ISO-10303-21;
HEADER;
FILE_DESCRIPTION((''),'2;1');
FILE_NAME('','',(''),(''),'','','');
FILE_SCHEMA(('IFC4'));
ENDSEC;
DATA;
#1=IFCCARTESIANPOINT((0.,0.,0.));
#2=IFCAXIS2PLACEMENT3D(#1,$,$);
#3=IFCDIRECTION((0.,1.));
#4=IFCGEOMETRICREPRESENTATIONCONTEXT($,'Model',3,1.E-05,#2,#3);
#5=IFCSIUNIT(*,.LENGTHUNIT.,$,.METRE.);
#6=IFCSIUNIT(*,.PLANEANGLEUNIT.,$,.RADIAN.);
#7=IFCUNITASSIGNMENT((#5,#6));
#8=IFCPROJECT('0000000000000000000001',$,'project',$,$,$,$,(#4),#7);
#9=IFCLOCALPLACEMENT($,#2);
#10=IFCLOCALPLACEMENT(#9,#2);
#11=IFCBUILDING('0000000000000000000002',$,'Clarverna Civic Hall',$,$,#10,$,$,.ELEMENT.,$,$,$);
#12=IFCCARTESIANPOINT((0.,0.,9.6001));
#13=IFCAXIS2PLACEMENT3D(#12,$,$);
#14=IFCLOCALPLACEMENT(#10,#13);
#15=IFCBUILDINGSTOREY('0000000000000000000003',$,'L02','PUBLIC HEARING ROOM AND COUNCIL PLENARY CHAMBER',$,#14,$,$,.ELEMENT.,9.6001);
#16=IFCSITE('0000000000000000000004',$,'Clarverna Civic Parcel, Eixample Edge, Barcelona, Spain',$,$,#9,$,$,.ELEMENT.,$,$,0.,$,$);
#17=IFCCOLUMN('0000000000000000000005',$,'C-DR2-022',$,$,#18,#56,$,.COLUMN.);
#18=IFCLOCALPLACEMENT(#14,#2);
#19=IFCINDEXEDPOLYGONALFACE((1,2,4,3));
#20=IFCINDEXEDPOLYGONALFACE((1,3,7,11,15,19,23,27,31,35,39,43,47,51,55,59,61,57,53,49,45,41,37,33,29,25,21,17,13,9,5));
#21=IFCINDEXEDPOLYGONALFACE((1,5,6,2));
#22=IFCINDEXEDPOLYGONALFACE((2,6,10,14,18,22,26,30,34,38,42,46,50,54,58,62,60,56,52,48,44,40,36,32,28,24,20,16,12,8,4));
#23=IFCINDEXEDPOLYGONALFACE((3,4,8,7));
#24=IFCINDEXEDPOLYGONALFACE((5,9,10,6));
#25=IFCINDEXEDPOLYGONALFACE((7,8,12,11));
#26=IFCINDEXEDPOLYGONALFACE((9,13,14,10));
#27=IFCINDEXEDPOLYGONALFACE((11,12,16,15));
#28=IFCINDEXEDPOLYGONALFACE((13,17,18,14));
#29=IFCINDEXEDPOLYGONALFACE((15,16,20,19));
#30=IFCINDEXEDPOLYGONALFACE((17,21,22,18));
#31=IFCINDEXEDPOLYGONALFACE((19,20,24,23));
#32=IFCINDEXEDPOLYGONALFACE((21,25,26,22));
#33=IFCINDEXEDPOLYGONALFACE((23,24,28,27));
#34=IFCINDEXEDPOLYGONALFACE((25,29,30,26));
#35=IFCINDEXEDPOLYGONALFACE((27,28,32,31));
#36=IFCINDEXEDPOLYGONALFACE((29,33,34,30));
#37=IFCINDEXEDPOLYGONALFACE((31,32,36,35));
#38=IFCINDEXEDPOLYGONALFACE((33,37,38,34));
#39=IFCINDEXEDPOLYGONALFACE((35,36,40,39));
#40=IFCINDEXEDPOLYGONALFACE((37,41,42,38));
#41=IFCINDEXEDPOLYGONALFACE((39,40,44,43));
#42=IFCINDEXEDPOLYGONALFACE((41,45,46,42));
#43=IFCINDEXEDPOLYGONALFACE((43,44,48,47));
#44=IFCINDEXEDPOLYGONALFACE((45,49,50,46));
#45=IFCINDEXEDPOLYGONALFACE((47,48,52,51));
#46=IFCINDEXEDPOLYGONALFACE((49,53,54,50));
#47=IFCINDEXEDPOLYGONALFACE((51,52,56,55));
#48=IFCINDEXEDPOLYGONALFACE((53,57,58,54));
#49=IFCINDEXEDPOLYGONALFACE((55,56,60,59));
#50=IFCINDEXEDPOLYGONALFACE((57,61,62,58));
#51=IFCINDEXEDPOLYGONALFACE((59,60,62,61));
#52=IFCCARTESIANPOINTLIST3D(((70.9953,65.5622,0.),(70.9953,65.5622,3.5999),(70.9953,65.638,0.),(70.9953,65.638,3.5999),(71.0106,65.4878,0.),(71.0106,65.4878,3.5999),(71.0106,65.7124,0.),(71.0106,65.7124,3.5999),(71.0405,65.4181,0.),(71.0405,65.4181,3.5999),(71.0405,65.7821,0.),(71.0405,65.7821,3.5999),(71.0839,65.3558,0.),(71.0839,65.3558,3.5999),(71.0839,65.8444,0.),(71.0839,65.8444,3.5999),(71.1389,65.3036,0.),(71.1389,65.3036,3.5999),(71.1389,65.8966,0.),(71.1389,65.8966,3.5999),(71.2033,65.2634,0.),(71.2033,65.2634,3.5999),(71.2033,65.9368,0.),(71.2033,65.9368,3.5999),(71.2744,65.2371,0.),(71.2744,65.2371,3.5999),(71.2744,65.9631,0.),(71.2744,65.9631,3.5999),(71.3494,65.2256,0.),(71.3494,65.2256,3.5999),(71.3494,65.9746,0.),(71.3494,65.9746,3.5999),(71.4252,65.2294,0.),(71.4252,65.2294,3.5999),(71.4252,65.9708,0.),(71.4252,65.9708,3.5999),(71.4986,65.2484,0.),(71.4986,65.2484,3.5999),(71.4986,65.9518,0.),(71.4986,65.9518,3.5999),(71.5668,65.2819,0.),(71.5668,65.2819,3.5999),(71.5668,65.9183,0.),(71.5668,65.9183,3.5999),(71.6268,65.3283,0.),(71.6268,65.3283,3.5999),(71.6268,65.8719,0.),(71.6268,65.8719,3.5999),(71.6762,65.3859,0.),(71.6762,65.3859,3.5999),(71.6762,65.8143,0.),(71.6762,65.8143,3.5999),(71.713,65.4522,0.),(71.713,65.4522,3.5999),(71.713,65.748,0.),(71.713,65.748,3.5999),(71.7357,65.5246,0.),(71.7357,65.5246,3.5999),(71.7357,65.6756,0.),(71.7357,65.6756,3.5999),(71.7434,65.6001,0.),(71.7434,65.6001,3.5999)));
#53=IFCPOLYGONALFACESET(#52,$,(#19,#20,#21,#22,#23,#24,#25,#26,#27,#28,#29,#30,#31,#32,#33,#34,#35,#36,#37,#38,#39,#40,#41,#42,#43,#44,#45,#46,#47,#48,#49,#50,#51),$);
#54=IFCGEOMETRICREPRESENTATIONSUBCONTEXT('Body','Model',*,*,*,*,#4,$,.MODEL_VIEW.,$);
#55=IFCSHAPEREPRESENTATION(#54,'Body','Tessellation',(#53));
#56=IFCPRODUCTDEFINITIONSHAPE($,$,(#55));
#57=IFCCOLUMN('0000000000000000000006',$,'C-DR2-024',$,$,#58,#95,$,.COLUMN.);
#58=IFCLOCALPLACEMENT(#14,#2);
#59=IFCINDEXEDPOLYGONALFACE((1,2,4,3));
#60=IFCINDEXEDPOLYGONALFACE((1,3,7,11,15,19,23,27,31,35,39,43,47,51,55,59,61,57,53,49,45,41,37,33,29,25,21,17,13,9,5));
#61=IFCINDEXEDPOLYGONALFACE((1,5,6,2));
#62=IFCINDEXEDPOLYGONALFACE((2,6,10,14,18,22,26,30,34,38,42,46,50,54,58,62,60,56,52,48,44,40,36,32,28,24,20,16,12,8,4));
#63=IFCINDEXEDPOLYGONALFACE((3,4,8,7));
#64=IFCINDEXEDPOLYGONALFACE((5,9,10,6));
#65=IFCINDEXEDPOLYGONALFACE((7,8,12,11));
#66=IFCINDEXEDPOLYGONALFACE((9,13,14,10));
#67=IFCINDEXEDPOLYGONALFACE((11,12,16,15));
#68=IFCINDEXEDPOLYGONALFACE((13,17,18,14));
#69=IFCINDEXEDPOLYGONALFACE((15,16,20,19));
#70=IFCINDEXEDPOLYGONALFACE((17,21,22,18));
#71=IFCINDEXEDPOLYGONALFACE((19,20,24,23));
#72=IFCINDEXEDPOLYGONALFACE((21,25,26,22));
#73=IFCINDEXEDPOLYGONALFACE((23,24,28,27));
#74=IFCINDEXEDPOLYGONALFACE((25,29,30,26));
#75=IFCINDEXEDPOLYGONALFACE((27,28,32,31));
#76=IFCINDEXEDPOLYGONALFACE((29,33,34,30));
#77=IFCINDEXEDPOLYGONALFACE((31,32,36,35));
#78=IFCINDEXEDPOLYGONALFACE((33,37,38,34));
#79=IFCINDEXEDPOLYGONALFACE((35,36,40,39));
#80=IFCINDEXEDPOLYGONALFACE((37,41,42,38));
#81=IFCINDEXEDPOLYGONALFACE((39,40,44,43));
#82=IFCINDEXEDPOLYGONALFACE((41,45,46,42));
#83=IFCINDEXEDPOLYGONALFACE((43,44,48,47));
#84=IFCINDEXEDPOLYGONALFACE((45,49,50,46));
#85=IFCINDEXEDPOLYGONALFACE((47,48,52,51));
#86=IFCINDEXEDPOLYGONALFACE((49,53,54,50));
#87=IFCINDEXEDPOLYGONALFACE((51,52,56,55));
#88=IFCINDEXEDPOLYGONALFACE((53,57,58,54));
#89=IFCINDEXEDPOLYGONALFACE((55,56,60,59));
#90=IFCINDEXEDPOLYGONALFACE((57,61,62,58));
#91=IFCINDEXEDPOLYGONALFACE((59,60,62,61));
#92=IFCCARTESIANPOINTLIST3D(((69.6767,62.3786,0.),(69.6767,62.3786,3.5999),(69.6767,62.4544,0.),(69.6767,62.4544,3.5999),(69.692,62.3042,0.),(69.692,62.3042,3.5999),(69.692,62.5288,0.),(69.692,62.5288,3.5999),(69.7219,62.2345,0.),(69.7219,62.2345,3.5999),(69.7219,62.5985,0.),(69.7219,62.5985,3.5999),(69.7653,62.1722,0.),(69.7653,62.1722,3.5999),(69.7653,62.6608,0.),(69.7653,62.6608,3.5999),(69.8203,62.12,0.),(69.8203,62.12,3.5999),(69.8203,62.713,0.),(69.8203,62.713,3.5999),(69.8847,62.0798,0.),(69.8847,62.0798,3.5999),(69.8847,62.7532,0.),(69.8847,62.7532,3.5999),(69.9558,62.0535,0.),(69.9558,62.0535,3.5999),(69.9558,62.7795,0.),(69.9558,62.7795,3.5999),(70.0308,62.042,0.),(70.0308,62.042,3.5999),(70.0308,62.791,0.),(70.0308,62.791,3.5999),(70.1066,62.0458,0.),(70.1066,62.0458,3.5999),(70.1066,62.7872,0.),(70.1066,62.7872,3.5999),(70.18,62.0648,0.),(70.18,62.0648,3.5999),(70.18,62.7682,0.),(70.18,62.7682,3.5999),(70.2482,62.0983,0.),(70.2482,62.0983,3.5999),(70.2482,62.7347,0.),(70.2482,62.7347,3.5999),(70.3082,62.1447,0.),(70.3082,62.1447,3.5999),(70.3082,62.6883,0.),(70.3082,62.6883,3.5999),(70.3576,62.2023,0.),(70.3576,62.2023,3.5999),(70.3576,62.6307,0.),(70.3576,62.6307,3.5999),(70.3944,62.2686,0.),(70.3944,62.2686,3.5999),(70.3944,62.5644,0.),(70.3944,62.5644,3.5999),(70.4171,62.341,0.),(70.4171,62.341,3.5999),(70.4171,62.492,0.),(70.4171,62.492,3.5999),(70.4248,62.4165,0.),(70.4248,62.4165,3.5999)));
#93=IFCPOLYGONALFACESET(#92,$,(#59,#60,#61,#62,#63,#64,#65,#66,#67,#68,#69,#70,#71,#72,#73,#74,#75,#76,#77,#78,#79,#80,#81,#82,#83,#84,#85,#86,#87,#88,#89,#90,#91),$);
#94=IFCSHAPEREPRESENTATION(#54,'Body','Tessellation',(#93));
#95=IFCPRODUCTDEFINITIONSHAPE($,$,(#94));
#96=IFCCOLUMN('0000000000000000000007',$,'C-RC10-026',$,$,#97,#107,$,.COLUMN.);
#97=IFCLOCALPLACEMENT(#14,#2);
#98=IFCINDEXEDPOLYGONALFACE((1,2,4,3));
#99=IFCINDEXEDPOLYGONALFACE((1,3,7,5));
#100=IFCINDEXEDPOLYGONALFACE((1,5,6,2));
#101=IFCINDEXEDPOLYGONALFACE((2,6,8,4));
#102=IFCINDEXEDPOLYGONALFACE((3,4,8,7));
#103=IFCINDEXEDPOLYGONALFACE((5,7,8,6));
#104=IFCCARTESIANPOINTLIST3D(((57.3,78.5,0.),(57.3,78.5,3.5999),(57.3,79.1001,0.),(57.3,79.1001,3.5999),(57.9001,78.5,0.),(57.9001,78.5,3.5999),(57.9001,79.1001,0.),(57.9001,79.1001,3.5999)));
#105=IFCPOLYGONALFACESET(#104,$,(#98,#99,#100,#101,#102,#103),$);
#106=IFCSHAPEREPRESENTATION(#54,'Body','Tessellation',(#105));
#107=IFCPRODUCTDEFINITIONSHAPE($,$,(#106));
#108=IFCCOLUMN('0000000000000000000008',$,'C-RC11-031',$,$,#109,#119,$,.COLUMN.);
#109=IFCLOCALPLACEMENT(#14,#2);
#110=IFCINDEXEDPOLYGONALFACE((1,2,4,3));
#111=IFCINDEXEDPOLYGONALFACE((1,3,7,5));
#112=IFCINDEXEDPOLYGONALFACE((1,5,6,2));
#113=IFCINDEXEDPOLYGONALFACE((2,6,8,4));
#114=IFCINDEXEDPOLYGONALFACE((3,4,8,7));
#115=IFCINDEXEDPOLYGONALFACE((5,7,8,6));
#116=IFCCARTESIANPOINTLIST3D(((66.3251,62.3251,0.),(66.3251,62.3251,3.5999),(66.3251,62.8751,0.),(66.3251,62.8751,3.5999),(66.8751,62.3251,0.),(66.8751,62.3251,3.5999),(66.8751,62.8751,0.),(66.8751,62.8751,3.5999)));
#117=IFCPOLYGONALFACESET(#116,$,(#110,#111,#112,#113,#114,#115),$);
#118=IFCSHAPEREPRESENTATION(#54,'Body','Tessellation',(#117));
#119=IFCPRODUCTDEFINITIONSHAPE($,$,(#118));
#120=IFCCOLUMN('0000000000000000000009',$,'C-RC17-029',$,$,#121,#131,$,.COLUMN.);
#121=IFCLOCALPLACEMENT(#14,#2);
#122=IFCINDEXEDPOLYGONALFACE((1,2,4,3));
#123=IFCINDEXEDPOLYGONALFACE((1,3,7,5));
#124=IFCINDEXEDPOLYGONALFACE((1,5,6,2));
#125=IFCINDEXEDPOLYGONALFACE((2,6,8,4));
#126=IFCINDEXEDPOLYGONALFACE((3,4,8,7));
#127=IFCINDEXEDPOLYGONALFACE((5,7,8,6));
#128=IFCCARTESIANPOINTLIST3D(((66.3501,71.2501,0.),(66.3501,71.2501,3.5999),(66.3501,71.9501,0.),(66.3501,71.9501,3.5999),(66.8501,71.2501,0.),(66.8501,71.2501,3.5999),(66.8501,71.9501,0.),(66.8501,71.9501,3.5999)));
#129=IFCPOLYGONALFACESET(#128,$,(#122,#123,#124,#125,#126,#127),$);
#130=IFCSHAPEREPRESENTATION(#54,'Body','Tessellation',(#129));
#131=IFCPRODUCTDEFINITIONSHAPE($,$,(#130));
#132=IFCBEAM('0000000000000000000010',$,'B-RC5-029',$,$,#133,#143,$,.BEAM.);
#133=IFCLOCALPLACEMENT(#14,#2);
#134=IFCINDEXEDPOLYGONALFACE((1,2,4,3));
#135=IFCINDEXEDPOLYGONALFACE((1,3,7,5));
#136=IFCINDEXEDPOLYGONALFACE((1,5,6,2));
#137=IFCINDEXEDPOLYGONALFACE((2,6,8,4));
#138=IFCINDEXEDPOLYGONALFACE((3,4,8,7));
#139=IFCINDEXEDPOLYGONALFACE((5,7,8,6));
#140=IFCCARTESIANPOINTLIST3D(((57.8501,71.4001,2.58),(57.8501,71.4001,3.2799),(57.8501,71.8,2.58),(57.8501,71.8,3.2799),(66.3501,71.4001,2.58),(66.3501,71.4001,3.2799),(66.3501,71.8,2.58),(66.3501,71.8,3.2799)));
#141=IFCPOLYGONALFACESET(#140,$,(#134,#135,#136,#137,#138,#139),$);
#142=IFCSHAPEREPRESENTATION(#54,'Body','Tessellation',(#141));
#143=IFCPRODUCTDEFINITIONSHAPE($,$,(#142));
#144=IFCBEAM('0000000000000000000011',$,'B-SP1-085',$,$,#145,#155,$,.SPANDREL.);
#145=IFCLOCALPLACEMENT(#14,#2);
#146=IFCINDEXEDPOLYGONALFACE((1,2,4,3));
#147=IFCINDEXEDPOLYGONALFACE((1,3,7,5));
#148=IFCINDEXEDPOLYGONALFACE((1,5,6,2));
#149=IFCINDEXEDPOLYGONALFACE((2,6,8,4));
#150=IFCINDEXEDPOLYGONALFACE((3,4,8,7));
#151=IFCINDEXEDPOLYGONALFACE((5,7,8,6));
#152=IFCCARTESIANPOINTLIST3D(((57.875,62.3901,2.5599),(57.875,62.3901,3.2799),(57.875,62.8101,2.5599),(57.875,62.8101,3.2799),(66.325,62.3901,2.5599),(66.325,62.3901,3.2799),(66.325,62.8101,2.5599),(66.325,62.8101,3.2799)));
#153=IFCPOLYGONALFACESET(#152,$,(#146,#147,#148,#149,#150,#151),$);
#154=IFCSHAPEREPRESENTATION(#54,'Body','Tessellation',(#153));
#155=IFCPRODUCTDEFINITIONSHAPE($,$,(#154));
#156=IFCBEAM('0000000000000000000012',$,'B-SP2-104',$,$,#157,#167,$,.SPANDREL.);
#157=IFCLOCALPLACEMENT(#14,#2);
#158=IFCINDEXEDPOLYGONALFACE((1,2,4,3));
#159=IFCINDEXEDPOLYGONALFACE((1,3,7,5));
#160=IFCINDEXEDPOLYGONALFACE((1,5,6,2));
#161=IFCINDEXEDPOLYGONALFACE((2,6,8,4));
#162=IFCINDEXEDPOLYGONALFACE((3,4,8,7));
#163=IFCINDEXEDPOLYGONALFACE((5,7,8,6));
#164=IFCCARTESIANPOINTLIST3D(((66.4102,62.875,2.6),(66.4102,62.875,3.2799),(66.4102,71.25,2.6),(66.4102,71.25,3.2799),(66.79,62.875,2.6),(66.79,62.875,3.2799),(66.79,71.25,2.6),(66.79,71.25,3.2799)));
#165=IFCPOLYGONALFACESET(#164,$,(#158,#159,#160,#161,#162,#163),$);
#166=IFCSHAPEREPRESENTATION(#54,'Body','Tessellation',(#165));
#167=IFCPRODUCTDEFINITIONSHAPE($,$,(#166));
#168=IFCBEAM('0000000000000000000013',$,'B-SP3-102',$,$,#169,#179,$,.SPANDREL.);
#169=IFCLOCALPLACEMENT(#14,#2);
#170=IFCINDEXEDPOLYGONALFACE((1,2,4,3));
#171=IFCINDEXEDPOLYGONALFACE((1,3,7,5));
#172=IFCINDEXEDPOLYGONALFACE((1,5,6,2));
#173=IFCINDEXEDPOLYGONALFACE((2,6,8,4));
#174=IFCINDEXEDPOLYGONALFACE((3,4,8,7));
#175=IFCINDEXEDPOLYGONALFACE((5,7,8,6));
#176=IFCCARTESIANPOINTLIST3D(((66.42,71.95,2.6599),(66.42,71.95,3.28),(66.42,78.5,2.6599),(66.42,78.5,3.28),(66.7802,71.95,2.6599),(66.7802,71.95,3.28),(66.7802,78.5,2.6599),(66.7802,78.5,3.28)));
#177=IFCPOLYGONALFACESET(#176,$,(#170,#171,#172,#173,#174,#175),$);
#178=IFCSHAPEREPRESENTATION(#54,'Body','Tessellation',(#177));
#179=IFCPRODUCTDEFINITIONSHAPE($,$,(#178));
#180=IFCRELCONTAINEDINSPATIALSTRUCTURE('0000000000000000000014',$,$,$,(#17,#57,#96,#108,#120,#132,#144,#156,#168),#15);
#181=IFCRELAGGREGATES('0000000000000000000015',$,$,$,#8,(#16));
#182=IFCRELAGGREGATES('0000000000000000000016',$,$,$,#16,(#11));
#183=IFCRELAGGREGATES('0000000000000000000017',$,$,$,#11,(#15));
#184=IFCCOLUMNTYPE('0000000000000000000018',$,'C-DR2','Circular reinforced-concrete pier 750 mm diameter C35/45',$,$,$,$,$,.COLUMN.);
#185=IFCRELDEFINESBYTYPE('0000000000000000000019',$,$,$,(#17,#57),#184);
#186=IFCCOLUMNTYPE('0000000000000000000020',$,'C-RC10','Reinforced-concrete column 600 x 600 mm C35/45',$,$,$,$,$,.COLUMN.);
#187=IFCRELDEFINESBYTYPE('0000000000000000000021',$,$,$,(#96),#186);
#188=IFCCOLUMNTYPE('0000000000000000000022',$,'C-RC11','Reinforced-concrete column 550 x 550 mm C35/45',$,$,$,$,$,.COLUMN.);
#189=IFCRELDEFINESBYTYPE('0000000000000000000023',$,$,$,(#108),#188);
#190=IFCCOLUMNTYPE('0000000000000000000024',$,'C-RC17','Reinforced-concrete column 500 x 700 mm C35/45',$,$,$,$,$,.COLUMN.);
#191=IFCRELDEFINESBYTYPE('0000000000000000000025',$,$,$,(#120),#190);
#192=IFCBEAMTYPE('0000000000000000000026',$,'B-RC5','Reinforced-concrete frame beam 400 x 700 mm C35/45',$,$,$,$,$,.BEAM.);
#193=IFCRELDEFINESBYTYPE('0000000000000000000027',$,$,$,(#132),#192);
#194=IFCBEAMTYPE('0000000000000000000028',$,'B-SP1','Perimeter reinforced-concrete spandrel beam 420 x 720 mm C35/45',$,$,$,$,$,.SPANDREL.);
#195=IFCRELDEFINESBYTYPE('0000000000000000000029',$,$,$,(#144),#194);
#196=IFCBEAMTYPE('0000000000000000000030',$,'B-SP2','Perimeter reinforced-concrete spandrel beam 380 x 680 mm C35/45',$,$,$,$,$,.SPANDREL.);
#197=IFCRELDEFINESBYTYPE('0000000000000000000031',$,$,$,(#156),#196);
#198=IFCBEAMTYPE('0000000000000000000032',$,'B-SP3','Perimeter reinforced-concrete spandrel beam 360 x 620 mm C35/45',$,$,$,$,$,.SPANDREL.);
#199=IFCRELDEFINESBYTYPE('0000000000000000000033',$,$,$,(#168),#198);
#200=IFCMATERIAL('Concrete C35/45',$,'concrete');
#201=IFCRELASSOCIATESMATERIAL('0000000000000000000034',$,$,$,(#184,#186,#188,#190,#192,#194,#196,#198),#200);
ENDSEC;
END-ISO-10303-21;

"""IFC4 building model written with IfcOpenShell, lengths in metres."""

from ifc_helpers import new_model, si_unit, direction, frame, origin, origin_2d, place, context, subcontext, project, spatial, rectangle, circle, extrude, material, material_profile, profile_set, type_object, element, save


model = new_model("IFC4")

# Units and contexts
model_context = context("Model", 3, precision=1e-05, world=origin(), true_north=direction((0.0, 1.0)))
body_context = subcontext(model_context, "Body", "Model", "MODEL_VIEW")
ifc_project = project(units=[si_unit("LENGTHUNIT", "METRE"), si_unit("PLANEANGLEUNIT", "RADIAN")], contexts=[model_context])

# Site, building, storey
site_placement = place(None, origin())
site = spatial("IfcSite", under=ifc_project, at=site_placement, Name="Clarverna Civic Parcel, Eixample Edge, Barcelona, Spain", CompositionType="ELEMENT", RefElevation=0.0)
building_placement = place(site_placement, origin())
building = spatial("IfcBuilding", under=site, at=building_placement, Name="Clarverna Civic Hall", CompositionType="ELEMENT")
storey_placement = place(building_placement, frame((0.0, 0.0, 9.6001)))
storey = spatial("IfcBuildingStorey", under=building, at=storey_placement, Name="L02", Description="PUBLIC HEARING ROOM AND COUNCIL PLENARY CHAMBER", CompositionType="ELEMENT", Elevation=9.6001)

# Columns
ifc_material_1 = material(Name="Concrete C35/45", Category="concrete")
ifc_material_profile_1 = material_profile(ifc_material_1, circle(Radius=0.375, at=origin_2d()), Name="RC D750")
ifc_profile_set_1 = profile_set([ifc_material_profile_1], Name="Concrete C35/45")
column_type_1 = type_object("IfcColumnType", Name="C-DR2", Description="Circular reinforced-concrete pier 750 mm diameter C35/45", PredefinedType="COLUMN", material=ifc_profile_set_1)
for number, where, z_axis, x_axis, name in (
    (1, (71.3684, 65.6001, 0.0), (0.0, 0.0, 1.0), (1.0, 0.0, 0.0), "C-DR2-022"),
    (2, (70.0498, 62.4165, 0.0), (0.0, 0.0, 1.0), (1.0, 0.0, 0.0), "C-DR2-024"),
):
    element("IfcColumn", number, at=place(storey_placement, frame(where, z_axis=z_axis, x_axis=x_axis)), inside=storey, type_object=column_type_1, Name=name, PredefinedType="COLUMN", context=body_context, shape_type="SweptSolid", body=[
        extrude(circle(Radius=0.375, at=origin_2d()), origin(), (0.0, 0.0, 1.0), 3.5999),
    ])
ifc_material_profile_2 = material_profile(ifc_material_1, rectangle(XDim=0.6001, YDim=0.6001, at=origin_2d()), Name="RC 600x600")
ifc_profile_set_2 = profile_set([ifc_material_profile_2], Name="Concrete C35/45")
column_type_2 = type_object("IfcColumnType", Name="C-RC10", Description="Reinforced-concrete column 600 x 600 mm C35/45", PredefinedType="COLUMN", material=ifc_profile_set_2)
column_1_placement = place(storey_placement, frame((57.6001, 78.8, 0.0), z_axis=(0.0, 0.0, 1.0), x_axis=(1.0, 0.0, 0.0)))
element("IfcColumn", 3, at=column_1_placement, inside=storey, type_object=column_type_2, Name="C-RC10-026", PredefinedType="COLUMN", context=body_context, shape_type="SweptSolid", body=[
    extrude(rectangle(XDim=0.6001, YDim=0.6001, at=origin_2d()), origin(), (0.0, 0.0, 1.0), 3.5999),
])
ifc_material_profile_3 = material_profile(ifc_material_1, rectangle(XDim=0.55, YDim=0.55, at=origin_2d()), Name="RC 550x550")
ifc_profile_set_3 = profile_set([ifc_material_profile_3], Name="Concrete C35/45")
column_type_3 = type_object("IfcColumnType", Name="C-RC11", Description="Reinforced-concrete column 550 x 550 mm C35/45", PredefinedType="COLUMN", material=ifc_profile_set_3)
column_2_placement = place(storey_placement, frame((66.6001, 62.6001, 0.0), z_axis=(0.0, 0.0, 1.0), x_axis=(1.0, 0.0, 0.0)))
element("IfcColumn", 4, at=column_2_placement, inside=storey, type_object=column_type_3, Name="C-RC11-031", PredefinedType="COLUMN", context=body_context, shape_type="SweptSolid", body=[
    extrude(rectangle(XDim=0.55, YDim=0.55, at=origin_2d()), origin(), (0.0, 0.0, 1.0), 3.5999),
])
ifc_material_profile_4 = material_profile(ifc_material_1, rectangle(XDim=0.5, YDim=0.7, at=origin_2d()), Name="RC 500x700")
ifc_profile_set_4 = profile_set([ifc_material_profile_4], Name="Concrete C35/45")
column_type_4 = type_object("IfcColumnType", Name="C-RC17", Description="Reinforced-concrete column 500 x 700 mm C35/45", PredefinedType="COLUMN", material=ifc_profile_set_4)
column_3_placement = place(storey_placement, frame((66.6001, 71.6001, 0.0), z_axis=(0.0, 0.0, 1.0), x_axis=(1.0, 0.0, 0.0)))
element("IfcColumn", 5, at=column_3_placement, inside=storey, type_object=column_type_4, Name="C-RC17-029", PredefinedType="COLUMN", context=body_context, shape_type="SweptSolid", body=[
    extrude(rectangle(XDim=0.5, YDim=0.7, at=origin_2d()), origin(), (0.0, 0.0, 1.0), 3.5999),
])

# Beams
ifc_material_profile_5 = material_profile(ifc_material_1, rectangle(XDim=0.3999, YDim=0.7, at=origin_2d()), Name="RC 400x700")
ifc_profile_set_5 = profile_set([ifc_material_profile_5], Name="Concrete C35/45")
beam_type_1 = type_object("IfcBeamType", Name="B-RC5", Description="Reinforced-concrete frame beam 400 x 700 mm C35/45", PredefinedType="BEAM", material=ifc_profile_set_5)
beam_1_placement = place(storey_placement, frame((57.8501, 71.6001, 2.9299), z_axis=(1.0, 0.0, 0.0), x_axis=(0.0, 1.0, 0.0)))
element("IfcBeam", 6, at=beam_1_placement, inside=storey, type_object=beam_type_1, Name="B-RC5-029", PredefinedType="BEAM", context=body_context, shape_type="SweptSolid", body=[
    extrude(rectangle(XDim=0.3999, YDim=0.7, at=origin_2d()), origin(), (0.0, 0.0, 1.0), 8.5),
])
ifc_material_profile_6 = material_profile(ifc_material_1, rectangle(XDim=0.4199, YDim=0.72, at=origin_2d()), Name="RC 420x720")
ifc_profile_set_6 = profile_set([ifc_material_profile_6], Name="Concrete C35/45")
beam_type_2 = type_object("IfcBeamType", Name="B-SP1", Description="Perimeter reinforced-concrete spandrel beam 420 x 720 mm C35/45", PredefinedType="SPANDREL", material=ifc_profile_set_6)
beam_2_placement = place(storey_placement, frame((57.875, 62.6001, 2.9199), z_axis=(1.0, 0.0, 0.0), x_axis=(0.0, 1.0, 0.0)))
element("IfcBeam", 7, at=beam_2_placement, inside=storey, type_object=beam_type_2, Name="B-SP1-085", PredefinedType="SPANDREL", context=body_context, shape_type="SweptSolid", body=[
    extrude(rectangle(XDim=0.4199, YDim=0.72, at=origin_2d()), origin(), (0.0, 0.0, 1.0), 8.45),
])
ifc_material_profile_7 = material_profile(ifc_material_1, rectangle(XDim=0.3799, YDim=0.6799, at=origin_2d()), Name="RC 380x680")
ifc_profile_set_7 = profile_set([ifc_material_profile_7], Name="Concrete C35/45")
beam_type_3 = type_object("IfcBeamType", Name="B-SP2", Description="Perimeter reinforced-concrete spandrel beam 380 x 680 mm C35/45", PredefinedType="SPANDREL", material=ifc_profile_set_7)
beam_3_placement = place(storey_placement, frame((66.6001, 62.875, 2.9399), z_axis=(0.0, 1.0, 0.0), x_axis=(-1.0, 0.0, 0.0)))
element("IfcBeam", 8, at=beam_3_placement, inside=storey, type_object=beam_type_3, Name="B-SP2-104", PredefinedType="SPANDREL", context=body_context, shape_type="SweptSolid", body=[
    extrude(rectangle(XDim=0.3799, YDim=0.6799, at=origin_2d()), origin(), (0.0, 0.0, 1.0), 8.375),
])
ifc_material_profile_8 = material_profile(ifc_material_1, rectangle(XDim=0.3601, YDim=0.6201, at=origin_2d()), Name="RC 360x620")
ifc_profile_set_8 = profile_set([ifc_material_profile_8], Name="Concrete C35/45")
beam_type_4 = type_object("IfcBeamType", Name="B-SP3", Description="Perimeter reinforced-concrete spandrel beam 360 x 620 mm C35/45", PredefinedType="SPANDREL", material=ifc_profile_set_8)
beam_4_placement = place(storey_placement, frame((66.6001, 71.95, 2.97), z_axis=(0.0, 1.0, 0.0), x_axis=(-1.0, 0.0, 0.0)))
element("IfcBeam", 9, at=beam_4_placement, inside=storey, type_object=beam_type_4, Name="B-SP3-102", PredefinedType="SPANDREL", context=body_context, shape_type="SweptSolid", body=[
    extrude(rectangle(XDim=0.3601, YDim=0.6201, at=origin_2d()), origin(), (0.0, 0.0, 1.0), 6.55),
])

save(model, "model.ifc")
